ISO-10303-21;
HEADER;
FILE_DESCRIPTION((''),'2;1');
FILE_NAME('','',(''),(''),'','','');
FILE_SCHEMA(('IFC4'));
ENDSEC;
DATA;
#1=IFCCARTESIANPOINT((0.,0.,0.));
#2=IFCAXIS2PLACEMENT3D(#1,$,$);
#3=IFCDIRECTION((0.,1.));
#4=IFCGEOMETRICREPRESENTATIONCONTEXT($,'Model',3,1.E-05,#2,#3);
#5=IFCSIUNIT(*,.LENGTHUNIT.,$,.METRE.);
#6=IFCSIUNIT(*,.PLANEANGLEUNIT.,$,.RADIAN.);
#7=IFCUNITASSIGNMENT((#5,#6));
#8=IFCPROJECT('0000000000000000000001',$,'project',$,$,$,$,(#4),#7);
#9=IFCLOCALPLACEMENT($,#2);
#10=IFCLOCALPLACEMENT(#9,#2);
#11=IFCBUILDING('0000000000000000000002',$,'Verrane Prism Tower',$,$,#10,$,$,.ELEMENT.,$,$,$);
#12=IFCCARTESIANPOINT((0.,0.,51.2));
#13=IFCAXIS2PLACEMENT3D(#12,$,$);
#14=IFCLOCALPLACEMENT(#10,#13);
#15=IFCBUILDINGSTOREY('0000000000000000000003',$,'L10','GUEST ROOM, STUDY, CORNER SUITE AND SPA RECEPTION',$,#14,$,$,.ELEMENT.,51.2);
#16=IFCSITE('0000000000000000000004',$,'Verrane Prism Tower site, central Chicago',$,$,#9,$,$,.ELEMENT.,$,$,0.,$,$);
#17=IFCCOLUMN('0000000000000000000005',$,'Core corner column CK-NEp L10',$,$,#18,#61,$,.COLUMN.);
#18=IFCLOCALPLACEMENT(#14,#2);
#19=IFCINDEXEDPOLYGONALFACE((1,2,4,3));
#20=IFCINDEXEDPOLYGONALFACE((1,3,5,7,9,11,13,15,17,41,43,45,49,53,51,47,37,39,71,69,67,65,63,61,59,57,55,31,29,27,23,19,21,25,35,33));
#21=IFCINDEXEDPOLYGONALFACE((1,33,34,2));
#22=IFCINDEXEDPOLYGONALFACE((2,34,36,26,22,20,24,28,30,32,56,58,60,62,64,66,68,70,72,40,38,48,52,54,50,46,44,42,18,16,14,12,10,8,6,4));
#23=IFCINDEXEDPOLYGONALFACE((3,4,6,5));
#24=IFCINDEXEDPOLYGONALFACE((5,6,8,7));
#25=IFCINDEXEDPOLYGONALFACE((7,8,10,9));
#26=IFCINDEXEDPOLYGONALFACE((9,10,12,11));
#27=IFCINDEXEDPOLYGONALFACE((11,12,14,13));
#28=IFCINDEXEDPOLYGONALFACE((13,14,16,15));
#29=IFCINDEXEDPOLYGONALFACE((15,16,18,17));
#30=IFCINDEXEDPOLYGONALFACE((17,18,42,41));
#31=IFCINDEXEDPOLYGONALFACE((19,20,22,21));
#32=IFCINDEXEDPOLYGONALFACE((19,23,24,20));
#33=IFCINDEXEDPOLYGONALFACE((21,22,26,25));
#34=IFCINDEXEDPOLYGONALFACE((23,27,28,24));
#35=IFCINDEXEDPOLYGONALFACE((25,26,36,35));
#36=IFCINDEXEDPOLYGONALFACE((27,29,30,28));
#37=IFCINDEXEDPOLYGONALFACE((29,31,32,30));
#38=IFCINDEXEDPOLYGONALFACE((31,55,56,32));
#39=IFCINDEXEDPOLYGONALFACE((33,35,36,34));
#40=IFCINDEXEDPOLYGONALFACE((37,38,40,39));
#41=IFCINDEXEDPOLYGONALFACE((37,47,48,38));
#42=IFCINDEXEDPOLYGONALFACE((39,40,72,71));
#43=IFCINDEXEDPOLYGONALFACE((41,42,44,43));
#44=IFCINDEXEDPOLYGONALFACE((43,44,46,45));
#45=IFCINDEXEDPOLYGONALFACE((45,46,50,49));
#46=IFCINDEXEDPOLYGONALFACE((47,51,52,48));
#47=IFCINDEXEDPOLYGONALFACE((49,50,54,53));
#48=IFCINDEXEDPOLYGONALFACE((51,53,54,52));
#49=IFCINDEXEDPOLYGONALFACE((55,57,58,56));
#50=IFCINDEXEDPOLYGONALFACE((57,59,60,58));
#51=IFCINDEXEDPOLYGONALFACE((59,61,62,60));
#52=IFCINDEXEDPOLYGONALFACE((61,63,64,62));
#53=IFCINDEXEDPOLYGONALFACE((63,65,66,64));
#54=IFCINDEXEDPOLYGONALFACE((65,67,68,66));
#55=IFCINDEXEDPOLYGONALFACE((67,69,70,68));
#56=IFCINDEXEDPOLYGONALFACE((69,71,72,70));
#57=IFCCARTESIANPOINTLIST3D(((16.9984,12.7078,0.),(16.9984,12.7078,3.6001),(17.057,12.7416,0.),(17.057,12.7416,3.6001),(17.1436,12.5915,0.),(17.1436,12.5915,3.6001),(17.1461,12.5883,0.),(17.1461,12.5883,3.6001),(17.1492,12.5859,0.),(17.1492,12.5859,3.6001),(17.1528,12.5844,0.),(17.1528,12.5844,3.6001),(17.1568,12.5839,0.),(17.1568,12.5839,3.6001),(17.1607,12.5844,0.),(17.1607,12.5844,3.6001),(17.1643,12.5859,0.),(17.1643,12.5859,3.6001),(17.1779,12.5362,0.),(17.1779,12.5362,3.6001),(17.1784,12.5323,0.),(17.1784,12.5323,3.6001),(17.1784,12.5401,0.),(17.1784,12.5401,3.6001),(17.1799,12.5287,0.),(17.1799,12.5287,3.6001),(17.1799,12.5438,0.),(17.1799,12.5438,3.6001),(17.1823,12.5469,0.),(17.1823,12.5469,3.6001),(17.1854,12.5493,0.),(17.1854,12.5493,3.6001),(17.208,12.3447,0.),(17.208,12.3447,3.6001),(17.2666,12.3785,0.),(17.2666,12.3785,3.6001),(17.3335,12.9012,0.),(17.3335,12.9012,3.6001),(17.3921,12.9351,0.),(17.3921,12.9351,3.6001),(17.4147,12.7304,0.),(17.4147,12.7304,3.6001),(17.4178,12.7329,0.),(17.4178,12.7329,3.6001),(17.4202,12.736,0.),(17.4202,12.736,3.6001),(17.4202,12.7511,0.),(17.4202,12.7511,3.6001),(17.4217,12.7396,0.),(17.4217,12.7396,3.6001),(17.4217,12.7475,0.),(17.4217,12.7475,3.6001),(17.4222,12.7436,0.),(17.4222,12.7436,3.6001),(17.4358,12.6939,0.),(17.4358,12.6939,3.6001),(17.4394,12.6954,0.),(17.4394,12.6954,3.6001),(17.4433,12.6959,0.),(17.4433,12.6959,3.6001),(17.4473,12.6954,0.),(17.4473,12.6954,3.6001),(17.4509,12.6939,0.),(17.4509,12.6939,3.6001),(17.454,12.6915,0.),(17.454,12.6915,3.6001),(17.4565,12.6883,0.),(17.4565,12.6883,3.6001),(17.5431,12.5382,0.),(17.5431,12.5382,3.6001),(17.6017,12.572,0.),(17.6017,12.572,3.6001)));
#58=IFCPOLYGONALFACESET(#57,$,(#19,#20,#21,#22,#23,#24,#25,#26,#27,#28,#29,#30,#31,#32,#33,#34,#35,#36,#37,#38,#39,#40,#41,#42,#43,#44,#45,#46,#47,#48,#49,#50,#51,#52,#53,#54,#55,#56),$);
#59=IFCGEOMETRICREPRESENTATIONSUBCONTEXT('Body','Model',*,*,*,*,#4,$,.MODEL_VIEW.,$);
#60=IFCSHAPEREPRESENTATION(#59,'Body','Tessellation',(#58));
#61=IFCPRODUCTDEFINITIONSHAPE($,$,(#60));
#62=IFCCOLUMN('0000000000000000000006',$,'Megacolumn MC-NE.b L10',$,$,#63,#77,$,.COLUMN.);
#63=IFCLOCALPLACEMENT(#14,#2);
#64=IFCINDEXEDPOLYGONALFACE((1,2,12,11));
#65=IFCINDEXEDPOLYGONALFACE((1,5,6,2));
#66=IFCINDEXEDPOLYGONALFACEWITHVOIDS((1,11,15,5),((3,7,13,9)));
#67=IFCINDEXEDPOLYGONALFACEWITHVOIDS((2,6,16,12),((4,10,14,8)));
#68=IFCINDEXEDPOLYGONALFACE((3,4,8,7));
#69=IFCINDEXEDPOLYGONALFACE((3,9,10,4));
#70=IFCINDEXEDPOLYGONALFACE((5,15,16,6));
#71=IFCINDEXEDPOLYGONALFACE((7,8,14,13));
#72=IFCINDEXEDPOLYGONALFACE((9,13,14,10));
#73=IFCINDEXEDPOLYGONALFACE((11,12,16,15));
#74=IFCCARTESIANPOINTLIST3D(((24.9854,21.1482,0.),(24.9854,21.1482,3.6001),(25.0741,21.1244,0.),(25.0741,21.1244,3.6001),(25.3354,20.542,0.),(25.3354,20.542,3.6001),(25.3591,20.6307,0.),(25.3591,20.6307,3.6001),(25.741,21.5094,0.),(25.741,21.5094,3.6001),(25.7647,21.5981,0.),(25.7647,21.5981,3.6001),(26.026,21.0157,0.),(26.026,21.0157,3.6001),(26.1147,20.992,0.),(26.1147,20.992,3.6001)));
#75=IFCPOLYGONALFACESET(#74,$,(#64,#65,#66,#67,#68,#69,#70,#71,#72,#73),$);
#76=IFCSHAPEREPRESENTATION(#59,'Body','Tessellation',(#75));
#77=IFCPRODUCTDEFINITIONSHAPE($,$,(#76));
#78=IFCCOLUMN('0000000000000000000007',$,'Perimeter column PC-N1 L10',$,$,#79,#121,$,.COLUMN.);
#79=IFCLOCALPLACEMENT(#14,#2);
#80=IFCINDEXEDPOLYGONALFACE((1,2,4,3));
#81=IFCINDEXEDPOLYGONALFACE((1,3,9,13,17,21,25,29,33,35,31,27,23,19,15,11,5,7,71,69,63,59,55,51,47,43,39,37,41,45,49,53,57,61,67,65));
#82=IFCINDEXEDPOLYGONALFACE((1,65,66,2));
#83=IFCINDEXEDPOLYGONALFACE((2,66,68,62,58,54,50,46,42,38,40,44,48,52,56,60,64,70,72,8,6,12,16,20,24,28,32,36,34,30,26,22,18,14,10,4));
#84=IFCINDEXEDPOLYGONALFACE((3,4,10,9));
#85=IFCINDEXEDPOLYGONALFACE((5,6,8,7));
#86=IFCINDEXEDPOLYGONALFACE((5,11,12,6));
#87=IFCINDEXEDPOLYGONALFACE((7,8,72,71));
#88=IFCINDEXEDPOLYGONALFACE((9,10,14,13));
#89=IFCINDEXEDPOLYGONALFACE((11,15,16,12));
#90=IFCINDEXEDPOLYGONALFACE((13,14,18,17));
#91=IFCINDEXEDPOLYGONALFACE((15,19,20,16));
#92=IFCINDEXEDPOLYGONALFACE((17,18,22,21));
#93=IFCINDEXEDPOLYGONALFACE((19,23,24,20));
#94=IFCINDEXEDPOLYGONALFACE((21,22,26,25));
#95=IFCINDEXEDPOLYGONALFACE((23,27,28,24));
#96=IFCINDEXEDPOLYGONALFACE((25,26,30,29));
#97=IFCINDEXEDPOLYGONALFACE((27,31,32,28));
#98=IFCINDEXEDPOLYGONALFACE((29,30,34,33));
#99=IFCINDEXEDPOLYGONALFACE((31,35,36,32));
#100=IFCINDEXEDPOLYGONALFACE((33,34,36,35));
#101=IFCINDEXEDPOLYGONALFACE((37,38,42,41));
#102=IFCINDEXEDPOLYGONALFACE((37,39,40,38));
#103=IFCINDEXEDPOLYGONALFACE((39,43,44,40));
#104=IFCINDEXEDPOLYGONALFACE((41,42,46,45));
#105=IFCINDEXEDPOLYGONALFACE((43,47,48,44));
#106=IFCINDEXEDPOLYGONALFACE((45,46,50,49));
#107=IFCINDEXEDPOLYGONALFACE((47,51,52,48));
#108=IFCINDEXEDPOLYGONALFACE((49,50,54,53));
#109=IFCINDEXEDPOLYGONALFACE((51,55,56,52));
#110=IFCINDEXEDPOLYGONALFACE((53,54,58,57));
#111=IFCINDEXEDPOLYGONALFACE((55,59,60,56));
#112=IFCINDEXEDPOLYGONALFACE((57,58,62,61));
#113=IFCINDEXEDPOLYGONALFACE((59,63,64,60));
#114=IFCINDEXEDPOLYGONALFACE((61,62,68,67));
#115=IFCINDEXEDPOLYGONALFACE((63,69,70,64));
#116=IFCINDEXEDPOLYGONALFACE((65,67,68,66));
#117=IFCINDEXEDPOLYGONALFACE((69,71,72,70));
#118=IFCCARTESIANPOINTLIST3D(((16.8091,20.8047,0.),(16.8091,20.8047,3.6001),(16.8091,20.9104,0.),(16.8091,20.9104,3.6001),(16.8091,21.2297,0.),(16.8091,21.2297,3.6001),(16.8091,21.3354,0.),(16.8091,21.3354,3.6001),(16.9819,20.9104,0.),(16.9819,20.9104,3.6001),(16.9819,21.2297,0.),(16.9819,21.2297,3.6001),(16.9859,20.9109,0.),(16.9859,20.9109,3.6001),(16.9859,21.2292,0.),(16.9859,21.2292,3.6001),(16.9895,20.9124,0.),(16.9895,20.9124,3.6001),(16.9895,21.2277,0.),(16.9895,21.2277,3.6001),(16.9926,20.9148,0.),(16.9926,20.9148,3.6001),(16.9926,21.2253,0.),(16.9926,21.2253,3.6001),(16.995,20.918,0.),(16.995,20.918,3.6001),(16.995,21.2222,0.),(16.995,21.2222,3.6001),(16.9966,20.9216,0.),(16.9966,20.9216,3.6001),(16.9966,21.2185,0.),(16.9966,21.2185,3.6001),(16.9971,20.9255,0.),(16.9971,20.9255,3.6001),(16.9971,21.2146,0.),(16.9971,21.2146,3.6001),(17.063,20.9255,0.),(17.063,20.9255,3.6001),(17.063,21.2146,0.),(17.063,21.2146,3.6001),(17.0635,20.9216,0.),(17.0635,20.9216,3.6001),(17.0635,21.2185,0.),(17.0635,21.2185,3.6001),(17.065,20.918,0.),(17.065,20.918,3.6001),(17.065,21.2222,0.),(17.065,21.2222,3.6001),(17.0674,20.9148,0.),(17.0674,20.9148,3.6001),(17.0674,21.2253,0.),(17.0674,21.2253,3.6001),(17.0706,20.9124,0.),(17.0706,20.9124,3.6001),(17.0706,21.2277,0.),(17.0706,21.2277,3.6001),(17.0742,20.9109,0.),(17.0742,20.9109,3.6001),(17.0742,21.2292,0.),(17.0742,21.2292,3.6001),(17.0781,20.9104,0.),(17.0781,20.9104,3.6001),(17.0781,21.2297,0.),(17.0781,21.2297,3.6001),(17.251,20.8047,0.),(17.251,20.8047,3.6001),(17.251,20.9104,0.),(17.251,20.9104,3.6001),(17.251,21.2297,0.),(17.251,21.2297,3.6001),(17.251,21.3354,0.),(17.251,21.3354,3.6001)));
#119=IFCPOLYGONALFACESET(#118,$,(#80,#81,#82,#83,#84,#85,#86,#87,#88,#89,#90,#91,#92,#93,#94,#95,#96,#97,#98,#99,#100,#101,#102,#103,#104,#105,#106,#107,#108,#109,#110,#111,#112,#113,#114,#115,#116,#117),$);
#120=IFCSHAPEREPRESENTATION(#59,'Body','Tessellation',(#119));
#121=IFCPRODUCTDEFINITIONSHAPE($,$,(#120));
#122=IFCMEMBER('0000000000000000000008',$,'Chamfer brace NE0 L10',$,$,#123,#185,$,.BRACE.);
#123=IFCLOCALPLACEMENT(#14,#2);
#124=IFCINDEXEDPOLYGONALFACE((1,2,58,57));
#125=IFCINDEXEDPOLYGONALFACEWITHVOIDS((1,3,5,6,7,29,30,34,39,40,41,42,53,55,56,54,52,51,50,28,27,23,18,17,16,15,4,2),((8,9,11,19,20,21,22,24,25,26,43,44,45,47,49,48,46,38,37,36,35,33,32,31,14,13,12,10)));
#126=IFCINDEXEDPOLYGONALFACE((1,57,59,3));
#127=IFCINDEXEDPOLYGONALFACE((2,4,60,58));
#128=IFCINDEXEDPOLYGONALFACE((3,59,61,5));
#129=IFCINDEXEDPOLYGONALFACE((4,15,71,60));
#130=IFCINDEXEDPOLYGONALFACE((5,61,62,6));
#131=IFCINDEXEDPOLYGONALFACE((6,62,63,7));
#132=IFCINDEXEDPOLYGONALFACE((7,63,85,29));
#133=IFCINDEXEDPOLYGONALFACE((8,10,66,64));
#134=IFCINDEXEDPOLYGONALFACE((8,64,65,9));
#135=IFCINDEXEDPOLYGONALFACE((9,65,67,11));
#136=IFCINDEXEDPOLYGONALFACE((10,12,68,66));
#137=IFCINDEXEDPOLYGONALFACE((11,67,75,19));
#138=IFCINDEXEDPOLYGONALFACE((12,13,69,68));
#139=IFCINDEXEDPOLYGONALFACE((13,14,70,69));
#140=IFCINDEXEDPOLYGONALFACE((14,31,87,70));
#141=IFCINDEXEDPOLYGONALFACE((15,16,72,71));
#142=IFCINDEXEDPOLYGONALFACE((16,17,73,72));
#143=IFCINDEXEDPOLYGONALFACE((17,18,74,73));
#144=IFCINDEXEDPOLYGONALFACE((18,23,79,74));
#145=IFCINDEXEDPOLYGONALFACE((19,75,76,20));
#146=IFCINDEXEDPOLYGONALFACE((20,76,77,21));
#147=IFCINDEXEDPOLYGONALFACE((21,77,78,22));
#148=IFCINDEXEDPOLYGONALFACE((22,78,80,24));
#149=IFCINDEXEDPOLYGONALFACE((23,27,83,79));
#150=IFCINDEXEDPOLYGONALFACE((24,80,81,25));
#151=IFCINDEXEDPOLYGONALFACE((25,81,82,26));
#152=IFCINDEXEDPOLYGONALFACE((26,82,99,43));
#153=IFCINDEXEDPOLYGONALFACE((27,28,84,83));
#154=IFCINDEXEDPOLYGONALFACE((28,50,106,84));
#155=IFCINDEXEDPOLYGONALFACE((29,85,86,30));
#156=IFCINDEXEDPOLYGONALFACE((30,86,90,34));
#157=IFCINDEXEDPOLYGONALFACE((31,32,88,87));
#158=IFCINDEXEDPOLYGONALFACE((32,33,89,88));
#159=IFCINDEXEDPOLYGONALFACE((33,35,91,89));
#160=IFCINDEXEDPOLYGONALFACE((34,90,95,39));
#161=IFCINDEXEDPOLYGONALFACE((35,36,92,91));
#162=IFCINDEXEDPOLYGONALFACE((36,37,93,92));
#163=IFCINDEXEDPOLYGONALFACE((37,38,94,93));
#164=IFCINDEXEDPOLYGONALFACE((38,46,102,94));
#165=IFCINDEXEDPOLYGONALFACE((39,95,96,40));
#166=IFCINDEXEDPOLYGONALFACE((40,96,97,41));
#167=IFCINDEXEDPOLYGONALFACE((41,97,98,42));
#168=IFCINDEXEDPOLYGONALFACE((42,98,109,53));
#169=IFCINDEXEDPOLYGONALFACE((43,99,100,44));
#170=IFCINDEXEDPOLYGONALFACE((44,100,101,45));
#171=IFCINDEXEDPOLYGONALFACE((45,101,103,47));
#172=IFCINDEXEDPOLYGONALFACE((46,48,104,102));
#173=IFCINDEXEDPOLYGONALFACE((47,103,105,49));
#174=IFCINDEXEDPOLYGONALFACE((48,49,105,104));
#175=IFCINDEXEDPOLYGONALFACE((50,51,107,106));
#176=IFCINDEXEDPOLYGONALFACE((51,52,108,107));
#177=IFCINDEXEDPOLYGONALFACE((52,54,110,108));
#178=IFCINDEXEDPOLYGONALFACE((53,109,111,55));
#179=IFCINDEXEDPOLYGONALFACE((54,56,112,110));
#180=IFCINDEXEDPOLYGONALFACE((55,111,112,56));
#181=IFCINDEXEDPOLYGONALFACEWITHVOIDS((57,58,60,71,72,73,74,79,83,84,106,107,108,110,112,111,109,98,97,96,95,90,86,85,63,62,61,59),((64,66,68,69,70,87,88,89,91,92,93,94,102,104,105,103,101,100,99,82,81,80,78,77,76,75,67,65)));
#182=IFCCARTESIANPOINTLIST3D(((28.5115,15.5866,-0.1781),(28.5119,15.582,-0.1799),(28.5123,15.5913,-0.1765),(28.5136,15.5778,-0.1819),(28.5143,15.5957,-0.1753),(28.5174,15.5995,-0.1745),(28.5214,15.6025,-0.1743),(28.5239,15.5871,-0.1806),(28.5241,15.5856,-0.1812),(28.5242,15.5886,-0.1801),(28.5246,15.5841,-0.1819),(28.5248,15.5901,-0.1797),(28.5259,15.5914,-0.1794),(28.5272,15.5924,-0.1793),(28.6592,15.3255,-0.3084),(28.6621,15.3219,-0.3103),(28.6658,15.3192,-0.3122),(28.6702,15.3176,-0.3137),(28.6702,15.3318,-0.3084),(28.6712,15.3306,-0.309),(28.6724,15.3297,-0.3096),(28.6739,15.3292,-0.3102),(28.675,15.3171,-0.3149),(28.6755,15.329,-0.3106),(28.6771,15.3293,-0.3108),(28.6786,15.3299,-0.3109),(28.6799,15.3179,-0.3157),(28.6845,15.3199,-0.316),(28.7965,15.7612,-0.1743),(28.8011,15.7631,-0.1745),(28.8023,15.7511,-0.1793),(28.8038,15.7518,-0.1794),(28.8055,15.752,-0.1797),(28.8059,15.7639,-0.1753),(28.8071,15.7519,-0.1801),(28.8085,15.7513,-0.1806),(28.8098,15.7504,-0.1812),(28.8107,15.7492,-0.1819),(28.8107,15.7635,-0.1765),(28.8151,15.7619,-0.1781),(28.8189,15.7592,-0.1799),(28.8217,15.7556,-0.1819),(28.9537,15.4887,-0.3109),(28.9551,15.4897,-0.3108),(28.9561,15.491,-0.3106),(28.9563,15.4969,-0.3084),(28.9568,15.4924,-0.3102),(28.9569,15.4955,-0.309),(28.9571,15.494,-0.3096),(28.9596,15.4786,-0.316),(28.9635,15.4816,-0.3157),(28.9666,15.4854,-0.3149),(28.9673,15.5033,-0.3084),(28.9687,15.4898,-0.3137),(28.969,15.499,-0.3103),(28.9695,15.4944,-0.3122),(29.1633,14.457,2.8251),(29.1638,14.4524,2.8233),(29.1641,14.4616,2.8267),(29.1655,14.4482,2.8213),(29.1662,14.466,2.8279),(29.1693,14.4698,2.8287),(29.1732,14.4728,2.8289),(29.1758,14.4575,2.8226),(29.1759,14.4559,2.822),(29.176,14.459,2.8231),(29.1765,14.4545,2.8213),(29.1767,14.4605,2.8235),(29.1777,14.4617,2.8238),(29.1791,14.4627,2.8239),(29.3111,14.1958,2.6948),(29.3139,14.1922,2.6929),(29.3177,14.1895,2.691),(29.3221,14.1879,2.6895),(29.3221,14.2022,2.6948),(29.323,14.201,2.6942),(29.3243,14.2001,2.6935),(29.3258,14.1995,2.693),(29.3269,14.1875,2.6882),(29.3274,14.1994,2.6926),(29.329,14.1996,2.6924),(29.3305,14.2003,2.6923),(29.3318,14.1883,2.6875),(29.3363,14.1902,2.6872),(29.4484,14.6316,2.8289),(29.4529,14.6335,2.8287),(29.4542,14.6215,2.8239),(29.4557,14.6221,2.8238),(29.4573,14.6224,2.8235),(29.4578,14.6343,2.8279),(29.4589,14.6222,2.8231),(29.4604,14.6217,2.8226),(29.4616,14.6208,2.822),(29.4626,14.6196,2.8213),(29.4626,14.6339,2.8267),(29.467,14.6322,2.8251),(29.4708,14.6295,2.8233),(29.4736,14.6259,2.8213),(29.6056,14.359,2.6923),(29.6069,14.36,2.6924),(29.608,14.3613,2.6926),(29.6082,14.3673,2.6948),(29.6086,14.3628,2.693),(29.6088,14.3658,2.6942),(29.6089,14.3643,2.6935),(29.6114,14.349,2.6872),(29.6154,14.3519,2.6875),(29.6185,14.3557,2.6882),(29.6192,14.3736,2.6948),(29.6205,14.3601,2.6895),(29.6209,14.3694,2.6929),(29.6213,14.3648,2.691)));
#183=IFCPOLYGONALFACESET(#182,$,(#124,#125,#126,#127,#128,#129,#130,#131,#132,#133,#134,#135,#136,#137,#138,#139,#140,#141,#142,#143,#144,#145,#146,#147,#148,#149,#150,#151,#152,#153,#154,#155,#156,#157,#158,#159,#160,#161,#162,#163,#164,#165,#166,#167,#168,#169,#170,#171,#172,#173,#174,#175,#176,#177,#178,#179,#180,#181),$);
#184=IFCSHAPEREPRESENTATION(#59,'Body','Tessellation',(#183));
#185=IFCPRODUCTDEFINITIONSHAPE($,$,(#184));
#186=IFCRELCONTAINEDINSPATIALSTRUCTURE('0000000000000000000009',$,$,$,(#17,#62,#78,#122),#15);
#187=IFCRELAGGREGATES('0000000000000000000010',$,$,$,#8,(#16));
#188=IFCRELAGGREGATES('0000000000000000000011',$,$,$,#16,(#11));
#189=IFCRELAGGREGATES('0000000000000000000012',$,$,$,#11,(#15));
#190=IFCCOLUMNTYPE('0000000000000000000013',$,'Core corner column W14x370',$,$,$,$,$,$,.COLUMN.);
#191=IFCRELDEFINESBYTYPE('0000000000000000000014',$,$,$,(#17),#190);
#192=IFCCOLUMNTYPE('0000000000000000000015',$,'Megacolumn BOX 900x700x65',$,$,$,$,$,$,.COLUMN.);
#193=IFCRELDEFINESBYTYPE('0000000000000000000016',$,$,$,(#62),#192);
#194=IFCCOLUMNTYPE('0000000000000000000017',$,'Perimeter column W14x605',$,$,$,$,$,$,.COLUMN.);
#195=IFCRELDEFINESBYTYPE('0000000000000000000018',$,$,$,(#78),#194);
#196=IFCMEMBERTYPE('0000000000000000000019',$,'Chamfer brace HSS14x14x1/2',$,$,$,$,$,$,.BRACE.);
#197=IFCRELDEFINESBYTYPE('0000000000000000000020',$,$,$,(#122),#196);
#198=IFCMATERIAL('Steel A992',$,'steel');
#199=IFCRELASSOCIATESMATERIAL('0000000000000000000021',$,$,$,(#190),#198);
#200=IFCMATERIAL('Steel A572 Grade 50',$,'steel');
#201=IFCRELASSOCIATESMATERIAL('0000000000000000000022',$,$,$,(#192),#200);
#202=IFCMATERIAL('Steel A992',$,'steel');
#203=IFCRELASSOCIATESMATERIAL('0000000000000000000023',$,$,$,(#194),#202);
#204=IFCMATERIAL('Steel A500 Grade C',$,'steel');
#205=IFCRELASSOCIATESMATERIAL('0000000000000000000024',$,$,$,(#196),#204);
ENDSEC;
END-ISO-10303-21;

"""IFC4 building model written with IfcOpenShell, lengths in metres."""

from ifc_helpers import new_model, si_unit, direction, frame, origin, origin_2d, place, context, subcontext, project, spatial, hollow_rectangle, i_section, extrude, material, material_profile, profile_set, type_object, element, save


model = new_model("IFC4")

# Units and contexts
model_context = context("Model", 3, precision=1e-05, world=origin(), true_north=direction((0.0, 1.0)))
body_context = subcontext(model_context, "Body", "Model", "MODEL_VIEW")
ifc_project = project(units=[si_unit("LENGTHUNIT", "METRE"), si_unit("PLANEANGLEUNIT", "RADIAN")], contexts=[model_context])

# Site, building, storey
site_placement = place(None, origin())
site = spatial("IfcSite", under=ifc_project, at=site_placement, Name="Verrane Prism Tower site, central Chicago", CompositionType="ELEMENT", RefElevation=0.0)
building_placement = place(site_placement, origin())
building = spatial("IfcBuilding", under=site, at=building_placement, Name="Verrane Prism Tower", CompositionType="ELEMENT")
storey_placement = place(building_placement, frame((0.0, 0.0, 51.2)))
storey = spatial("IfcBuildingStorey", under=building, at=storey_placement, Name="L10", Description="GUEST ROOM, STUDY, CORNER SUITE AND SPA RECEPTION", CompositionType="ELEMENT", Elevation=51.2)

# Columns
ifc_material_1 = material(Name="Steel A992", Category="steel")
ifc_material_profile_1 = material_profile(ifc_material_1, i_section(OverallWidth=0.4192, OverallDepth=0.4546, WebThickness=0.0422, FlangeThickness=0.0676, FilletRadius=0.0151, at=origin_2d()), Name="W14x370")
ifc_profile_set_1 = profile_set([ifc_material_profile_1], Name="Steel A992")
column_type_1 = type_object("IfcColumnType", Name="Core corner column W14x370", PredefinedType="COLUMN", material=ifc_profile_set_1)
column_1_placement = place(storey_placement, frame((17.3, 12.6399, 0.0), z_axis=(0.0, 0.0, 1.0), x_axis=(0.5, -0.866025, 0.0)))
element("IfcColumn", 1, at=column_1_placement, inside=storey, type_object=column_type_1, Name="Core corner column CK-NEp L10", PredefinedType="COLUMN", context=body_context, shape_type="SweptSolid", body=[
    extrude(i_section(OverallWidth=0.4192, OverallDepth=0.4546, WebThickness=0.0422, FlangeThickness=0.0676, FilletRadius=0.0151, at=origin_2d()), origin(), (0.0, 0.0, 1.0), 3.6001),
])
ifc_material_2 = material(Name="Steel A572 Grade 50", Category="steel")
ifc_material_profile_2 = material_profile(ifc_material_2, hollow_rectangle(XDim=0.7, YDim=0.8999, WallThickness=0.0649, at=origin_2d()), Name="BOX 900x700x65")
ifc_profile_set_2 = profile_set([ifc_material_profile_2], Name="Steel A572 Grade 50")
column_type_2 = type_object("IfcColumnType", Name="Megacolumn BOX 900x700x65", PredefinedType="COLUMN", material=ifc_profile_set_2)
column_2_placement = place(storey_placement, frame((25.55, 21.0701, 0.0), z_axis=(0.0, 0.0, 1.0), x_axis=(0.5, -0.866025, 0.0)))
element("IfcColumn", 2, at=column_2_placement, inside=storey, type_object=column_type_2, Name="Megacolumn MC-NE.b L10", PredefinedType="COLUMN", context=body_context, shape_type="SweptSolid", body=[
    extrude(hollow_rectangle(XDim=0.7, YDim=0.8999, WallThickness=0.0649, at=origin_2d()), origin(), (0.0, 0.0, 1.0), 3.6001),
])
ifc_material_3 = material(Name="Steel A992", Category="steel")
ifc_material_profile_3 = material_profile(ifc_material_3, i_section(OverallWidth=0.4419, OverallDepth=0.5308, WebThickness=0.0659, FlangeThickness=0.1057, FilletRadius=0.0151, at=origin_2d()), Name="W14x605")
ifc_profile_set_3 = profile_set([ifc_material_profile_3], Name="Steel A992")
column_type_3 = type_object("IfcColumnType", Name="Perimeter column W14x605", PredefinedType="COLUMN", material=ifc_profile_set_3)
column_3_placement = place(storey_placement, frame((17.03, 21.0701, 0.0), z_axis=(0.0, 0.0, 1.0), x_axis=(1.0, 0.0, 0.0)))
element("IfcColumn", 3, at=column_3_placement, inside=storey, type_object=column_type_3, Name="Perimeter column PC-N1 L10", PredefinedType="COLUMN", context=body_context, shape_type="SweptSolid", body=[
    extrude(i_section(OverallWidth=0.4419, OverallDepth=0.5308, WebThickness=0.0659, FlangeThickness=0.1057, FilletRadius=0.0151, at=origin_2d()), origin(), (0.0, 0.0, 1.0), 3.6001),
])

# Member
ifc_material_4 = material(Name="Steel A500 Grade C", Category="steel")
ifc_material_profile_4 = material_profile(ifc_material_4, hollow_rectangle(XDim=0.3557, YDim=0.3557, WallThickness=0.0127, InnerFilletRadius=0.0063, OuterFilletRadius=0.019, at=origin_2d()), Name="HSS14x14x1/2")
ifc_profile_set_4 = profile_set([ifc_material_profile_4], Name="Steel A500 Grade C")
member_type_1 = type_object("IfcMemberType", Name="Chamfer brace HSS14x14x1/2", PredefinedType="BRACE", material=ifc_profile_set_4)
member_1_placement = place(storey_placement, frame((28.7405, 15.5405, -0.2451), z_axis=(0.199092, -0.345017, 0.917238), x_axis=(0.866139, 0.499803, 0.0)))
element("IfcMember", 4, at=member_1_placement, inside=storey, type_object=member_type_1, Name="Chamfer brace NE0 L10", PredefinedType="BRACE", context=body_context, shape_type="SweptSolid", body=[
    extrude(hollow_rectangle(XDim=0.3557, YDim=0.3557, WallThickness=0.0127, InnerFilletRadius=0.0063, OuterFilletRadius=0.019, at=origin_2d()), origin(), (0.0, 0.0, 1.0), 3.2742),
])

save(model, "model.ifc")
